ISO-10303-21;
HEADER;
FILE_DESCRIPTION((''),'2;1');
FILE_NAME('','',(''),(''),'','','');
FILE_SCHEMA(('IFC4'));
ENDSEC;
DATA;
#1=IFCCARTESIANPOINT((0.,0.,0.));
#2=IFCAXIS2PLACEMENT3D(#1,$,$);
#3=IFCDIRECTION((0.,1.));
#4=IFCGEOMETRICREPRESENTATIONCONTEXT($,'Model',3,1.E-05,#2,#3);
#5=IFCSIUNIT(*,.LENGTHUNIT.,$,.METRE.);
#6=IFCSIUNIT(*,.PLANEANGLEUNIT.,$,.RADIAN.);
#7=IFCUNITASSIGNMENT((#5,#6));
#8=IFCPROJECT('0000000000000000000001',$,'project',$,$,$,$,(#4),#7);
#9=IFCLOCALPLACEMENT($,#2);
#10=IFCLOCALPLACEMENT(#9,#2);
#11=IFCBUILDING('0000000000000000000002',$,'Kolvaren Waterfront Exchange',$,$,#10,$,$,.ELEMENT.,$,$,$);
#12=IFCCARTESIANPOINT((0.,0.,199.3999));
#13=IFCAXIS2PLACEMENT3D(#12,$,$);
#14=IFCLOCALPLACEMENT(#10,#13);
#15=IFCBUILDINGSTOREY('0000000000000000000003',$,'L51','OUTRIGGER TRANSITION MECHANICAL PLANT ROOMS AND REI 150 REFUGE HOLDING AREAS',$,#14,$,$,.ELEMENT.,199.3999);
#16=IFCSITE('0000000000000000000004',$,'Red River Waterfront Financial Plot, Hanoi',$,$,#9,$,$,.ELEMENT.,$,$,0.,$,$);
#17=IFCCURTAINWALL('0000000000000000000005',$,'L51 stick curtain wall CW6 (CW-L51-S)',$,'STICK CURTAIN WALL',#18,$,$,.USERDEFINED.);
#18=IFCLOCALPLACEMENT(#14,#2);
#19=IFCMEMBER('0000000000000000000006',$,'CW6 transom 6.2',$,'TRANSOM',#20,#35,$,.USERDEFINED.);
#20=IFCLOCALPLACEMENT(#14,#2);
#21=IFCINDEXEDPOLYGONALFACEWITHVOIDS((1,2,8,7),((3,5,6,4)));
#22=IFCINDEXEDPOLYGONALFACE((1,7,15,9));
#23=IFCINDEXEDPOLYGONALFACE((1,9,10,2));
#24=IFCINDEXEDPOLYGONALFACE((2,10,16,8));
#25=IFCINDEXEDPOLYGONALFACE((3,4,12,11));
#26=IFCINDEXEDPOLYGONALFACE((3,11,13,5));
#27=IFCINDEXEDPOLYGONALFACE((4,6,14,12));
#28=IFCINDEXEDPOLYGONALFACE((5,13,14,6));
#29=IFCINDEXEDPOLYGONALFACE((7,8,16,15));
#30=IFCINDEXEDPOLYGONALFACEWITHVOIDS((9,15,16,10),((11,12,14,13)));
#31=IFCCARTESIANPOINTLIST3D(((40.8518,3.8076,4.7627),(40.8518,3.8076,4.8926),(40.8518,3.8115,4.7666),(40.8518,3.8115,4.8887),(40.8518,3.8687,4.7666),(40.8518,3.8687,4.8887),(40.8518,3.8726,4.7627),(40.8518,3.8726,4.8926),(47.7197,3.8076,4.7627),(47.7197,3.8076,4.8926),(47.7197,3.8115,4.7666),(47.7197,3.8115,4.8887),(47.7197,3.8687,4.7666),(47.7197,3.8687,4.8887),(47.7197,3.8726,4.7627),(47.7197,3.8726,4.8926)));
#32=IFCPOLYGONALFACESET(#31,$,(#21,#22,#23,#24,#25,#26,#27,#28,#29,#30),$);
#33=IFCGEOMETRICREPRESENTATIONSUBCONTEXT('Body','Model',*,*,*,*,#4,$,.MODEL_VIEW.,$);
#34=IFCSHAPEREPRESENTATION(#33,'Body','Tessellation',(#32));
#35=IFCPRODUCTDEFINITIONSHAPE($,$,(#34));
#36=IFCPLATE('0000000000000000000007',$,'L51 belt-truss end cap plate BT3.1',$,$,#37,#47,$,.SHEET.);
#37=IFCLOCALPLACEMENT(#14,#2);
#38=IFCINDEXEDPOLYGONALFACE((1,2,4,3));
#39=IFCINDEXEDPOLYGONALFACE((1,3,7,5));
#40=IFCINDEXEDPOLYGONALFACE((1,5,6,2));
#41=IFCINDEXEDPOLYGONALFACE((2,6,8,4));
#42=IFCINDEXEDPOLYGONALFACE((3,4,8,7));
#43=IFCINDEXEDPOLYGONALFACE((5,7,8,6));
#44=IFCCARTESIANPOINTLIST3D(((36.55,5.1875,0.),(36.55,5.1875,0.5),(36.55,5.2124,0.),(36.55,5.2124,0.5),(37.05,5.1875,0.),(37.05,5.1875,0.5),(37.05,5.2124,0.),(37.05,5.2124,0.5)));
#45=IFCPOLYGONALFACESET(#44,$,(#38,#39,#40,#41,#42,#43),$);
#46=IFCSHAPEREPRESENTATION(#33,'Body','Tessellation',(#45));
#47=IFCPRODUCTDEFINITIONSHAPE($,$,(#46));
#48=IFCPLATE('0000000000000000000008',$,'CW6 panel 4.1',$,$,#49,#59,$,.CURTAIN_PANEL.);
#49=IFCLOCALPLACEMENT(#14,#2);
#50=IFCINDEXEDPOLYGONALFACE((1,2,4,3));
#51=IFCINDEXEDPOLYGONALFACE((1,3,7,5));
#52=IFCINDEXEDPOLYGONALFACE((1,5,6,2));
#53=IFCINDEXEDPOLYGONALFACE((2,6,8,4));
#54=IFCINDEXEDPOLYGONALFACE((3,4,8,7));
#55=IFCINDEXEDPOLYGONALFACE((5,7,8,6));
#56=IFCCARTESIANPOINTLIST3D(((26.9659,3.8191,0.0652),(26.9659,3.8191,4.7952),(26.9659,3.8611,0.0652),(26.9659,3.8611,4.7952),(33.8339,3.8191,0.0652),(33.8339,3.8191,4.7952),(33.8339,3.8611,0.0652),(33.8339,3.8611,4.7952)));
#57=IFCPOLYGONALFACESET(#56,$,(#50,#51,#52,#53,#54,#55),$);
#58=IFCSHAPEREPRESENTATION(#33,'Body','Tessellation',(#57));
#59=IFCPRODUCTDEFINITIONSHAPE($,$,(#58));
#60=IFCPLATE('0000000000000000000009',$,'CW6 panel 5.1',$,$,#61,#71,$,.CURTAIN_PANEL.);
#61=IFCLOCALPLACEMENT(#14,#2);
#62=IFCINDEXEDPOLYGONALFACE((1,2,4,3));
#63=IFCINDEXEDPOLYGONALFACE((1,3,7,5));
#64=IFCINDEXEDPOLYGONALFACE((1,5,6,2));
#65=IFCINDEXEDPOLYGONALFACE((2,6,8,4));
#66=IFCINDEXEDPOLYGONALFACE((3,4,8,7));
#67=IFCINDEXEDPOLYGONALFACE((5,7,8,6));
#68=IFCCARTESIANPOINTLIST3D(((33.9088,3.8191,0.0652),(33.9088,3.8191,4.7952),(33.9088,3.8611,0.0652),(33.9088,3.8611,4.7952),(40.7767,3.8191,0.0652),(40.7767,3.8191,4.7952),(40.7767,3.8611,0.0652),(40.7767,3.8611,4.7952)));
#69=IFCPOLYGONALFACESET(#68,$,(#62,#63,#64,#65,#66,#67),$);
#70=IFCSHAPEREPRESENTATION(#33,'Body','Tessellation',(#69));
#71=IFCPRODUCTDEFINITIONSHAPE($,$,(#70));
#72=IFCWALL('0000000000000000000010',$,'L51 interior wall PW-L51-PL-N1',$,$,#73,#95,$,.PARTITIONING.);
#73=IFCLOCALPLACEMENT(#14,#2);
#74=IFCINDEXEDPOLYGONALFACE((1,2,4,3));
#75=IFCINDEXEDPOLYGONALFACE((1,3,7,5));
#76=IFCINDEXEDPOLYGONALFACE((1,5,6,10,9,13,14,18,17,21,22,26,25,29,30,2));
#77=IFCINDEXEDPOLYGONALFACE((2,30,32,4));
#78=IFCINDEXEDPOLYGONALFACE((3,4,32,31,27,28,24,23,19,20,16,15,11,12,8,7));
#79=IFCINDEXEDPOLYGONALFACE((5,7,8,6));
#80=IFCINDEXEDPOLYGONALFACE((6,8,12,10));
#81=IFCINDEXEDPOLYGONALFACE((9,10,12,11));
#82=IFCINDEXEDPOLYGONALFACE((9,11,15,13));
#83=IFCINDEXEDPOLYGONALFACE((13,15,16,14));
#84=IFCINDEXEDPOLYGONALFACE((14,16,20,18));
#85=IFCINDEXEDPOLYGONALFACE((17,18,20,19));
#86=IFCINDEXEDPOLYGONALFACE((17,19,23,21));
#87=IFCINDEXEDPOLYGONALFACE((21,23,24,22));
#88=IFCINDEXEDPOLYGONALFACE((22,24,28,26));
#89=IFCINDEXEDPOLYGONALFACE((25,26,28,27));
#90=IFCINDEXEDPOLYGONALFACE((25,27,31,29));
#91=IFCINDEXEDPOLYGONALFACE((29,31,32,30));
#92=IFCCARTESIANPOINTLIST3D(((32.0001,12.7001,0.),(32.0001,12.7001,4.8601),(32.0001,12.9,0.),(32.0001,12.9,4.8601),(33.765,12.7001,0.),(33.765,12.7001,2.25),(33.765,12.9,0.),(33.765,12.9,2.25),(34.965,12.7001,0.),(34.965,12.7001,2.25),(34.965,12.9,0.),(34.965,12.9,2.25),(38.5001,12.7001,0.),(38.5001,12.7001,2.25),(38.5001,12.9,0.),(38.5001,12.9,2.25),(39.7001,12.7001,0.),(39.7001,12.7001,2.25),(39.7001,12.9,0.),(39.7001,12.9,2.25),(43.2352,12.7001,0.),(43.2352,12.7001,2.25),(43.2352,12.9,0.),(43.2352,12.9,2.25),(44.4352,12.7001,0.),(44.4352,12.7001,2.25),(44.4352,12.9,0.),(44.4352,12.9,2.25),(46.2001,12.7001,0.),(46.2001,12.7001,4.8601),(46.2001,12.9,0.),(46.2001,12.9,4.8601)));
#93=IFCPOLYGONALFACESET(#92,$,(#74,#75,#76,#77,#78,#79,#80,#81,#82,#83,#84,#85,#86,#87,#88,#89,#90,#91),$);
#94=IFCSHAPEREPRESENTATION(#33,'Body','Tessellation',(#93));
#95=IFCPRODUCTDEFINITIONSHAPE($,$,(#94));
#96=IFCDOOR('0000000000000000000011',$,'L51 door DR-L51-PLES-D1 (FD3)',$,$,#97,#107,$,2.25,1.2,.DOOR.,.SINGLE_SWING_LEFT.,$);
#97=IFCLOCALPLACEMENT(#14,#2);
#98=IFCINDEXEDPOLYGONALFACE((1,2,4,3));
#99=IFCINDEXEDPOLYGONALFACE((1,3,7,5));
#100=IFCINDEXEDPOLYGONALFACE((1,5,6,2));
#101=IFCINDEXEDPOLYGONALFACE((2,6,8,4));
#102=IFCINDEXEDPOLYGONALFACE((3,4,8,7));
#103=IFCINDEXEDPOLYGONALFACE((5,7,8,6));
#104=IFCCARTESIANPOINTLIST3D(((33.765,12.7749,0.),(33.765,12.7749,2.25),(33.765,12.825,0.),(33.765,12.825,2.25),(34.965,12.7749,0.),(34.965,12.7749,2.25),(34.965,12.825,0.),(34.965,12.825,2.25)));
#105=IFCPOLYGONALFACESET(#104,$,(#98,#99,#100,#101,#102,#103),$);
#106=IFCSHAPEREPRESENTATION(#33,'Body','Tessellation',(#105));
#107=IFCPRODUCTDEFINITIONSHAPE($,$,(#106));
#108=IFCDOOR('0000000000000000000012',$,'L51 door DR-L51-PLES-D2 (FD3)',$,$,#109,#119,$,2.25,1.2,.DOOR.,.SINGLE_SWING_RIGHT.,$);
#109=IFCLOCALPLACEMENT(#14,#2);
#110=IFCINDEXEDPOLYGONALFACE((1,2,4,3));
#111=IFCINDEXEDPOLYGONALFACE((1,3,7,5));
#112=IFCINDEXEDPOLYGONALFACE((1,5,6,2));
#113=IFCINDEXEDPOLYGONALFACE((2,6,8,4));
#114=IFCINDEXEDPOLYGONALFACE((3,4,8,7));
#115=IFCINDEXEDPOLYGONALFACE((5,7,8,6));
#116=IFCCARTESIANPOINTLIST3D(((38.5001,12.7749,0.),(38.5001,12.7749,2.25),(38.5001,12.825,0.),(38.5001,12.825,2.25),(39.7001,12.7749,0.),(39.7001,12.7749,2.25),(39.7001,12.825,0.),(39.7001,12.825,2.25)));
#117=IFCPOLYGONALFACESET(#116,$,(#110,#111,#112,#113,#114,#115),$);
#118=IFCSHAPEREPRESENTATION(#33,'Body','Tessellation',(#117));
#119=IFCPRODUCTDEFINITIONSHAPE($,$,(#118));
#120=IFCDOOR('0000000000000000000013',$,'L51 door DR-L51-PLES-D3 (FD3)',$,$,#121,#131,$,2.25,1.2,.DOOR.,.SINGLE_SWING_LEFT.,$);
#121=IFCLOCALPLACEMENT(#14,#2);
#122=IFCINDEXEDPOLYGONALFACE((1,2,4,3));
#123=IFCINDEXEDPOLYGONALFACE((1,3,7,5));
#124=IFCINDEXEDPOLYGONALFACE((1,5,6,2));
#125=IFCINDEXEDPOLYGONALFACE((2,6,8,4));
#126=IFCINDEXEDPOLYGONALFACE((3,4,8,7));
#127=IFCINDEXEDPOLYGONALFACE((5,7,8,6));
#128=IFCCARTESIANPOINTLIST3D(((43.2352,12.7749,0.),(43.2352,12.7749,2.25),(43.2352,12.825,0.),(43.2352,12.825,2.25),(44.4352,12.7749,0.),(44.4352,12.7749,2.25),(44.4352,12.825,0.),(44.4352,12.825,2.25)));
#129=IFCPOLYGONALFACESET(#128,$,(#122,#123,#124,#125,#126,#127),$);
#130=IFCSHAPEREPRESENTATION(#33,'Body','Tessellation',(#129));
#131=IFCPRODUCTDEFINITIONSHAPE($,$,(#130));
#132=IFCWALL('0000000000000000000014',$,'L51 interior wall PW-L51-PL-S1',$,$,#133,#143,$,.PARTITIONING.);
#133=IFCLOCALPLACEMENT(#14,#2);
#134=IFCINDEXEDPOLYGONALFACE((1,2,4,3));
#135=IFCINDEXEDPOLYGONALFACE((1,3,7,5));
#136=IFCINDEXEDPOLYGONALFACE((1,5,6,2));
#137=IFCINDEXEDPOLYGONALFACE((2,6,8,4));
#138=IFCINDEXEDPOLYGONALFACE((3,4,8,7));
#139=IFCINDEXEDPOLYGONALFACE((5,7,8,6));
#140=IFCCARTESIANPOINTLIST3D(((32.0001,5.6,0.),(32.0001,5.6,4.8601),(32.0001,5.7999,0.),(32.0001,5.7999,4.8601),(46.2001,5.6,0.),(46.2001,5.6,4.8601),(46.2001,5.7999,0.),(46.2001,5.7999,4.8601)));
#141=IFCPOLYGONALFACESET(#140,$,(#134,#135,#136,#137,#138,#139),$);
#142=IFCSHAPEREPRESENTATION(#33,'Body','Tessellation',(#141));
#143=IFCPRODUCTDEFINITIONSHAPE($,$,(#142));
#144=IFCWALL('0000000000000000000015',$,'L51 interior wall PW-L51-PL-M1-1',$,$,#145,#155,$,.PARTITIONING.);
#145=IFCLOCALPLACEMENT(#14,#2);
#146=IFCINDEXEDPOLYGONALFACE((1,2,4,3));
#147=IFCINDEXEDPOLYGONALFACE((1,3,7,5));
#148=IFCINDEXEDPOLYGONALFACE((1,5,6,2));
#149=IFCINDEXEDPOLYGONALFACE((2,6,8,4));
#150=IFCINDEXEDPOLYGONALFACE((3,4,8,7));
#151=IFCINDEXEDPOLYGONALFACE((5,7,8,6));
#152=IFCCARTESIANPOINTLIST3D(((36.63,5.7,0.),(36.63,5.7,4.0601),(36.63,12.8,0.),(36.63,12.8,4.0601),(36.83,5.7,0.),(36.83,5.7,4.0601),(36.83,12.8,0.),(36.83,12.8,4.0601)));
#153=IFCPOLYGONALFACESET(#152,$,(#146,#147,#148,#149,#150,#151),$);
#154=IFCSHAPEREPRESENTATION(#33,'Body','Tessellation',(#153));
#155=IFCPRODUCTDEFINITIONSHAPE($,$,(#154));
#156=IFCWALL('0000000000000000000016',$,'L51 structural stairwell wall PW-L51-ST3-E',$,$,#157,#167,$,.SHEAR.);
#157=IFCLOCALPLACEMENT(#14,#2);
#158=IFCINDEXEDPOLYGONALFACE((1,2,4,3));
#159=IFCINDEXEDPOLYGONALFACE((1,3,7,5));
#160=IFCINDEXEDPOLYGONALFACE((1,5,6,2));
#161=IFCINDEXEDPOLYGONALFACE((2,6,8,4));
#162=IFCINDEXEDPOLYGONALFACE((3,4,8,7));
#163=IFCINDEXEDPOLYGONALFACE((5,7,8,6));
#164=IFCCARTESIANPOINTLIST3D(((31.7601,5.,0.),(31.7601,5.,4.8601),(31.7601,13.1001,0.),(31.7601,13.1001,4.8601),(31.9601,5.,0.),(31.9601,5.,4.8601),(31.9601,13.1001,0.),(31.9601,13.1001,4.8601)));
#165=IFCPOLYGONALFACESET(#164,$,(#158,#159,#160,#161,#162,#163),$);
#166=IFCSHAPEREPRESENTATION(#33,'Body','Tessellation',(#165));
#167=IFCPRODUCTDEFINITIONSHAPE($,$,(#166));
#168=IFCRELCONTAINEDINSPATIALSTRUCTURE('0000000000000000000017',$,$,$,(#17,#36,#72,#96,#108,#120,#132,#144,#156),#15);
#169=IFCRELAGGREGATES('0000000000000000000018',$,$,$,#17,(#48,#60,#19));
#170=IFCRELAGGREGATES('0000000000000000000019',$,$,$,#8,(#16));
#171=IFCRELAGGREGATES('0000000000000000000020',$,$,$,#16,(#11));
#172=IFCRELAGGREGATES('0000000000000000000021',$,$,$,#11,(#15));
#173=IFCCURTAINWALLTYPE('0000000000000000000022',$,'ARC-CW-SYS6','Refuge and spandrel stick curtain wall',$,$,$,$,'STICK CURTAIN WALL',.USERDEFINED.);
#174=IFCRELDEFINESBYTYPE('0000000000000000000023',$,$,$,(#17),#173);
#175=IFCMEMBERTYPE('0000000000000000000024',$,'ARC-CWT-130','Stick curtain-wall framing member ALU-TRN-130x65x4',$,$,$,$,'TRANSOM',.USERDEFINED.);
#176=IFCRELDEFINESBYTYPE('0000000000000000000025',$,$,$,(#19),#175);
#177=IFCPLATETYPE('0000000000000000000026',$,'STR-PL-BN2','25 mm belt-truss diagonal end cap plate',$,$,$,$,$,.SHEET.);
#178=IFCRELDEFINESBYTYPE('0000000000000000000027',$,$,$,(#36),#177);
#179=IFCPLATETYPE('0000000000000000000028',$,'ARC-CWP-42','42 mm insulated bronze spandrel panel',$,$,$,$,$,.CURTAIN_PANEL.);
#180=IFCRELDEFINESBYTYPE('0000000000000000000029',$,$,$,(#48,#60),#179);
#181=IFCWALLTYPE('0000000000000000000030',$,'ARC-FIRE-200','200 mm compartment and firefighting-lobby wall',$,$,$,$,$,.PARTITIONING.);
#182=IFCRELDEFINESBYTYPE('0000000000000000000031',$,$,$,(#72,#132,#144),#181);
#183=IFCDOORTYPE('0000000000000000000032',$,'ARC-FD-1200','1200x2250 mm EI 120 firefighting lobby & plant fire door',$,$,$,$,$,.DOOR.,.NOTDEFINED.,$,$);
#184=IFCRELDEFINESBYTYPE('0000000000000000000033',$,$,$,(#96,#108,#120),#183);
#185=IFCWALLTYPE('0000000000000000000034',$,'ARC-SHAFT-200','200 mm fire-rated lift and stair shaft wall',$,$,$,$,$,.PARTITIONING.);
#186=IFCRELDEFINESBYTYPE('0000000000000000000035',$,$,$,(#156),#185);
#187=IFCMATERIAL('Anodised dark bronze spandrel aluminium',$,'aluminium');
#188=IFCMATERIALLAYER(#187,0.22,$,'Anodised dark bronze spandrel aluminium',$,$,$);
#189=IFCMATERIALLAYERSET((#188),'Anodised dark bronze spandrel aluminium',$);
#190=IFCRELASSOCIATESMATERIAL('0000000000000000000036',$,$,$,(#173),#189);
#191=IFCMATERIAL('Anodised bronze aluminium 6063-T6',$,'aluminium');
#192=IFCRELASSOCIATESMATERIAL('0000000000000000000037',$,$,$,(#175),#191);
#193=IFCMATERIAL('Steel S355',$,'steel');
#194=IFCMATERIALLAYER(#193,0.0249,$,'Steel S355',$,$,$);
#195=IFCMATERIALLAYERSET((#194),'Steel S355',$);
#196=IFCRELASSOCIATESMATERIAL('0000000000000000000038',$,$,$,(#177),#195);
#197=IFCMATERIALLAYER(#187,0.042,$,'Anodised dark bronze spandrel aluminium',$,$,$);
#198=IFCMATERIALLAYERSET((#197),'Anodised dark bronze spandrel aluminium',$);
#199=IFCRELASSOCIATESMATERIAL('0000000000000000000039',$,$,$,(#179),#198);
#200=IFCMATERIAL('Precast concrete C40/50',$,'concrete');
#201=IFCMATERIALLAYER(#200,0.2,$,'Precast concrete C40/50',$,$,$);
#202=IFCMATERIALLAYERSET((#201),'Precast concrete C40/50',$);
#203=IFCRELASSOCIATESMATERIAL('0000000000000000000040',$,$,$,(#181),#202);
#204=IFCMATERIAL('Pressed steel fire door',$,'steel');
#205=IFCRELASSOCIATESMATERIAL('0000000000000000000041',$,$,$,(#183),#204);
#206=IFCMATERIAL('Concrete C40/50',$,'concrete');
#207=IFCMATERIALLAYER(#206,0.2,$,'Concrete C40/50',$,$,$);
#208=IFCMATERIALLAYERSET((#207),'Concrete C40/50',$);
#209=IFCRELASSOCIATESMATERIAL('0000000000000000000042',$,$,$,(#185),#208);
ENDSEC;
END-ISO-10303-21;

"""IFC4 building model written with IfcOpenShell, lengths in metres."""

from ifc_helpers import new_model, si_unit, direction, frame, frame_2d, origin, origin_with_axes, origin_2d, place, context, subcontext, project, spatial, rectangle, hollow_rectangle, extrude, source, transform, mapped, material, layer, layer_set, material_profile, profile_set, type_object, element, fill, aggregate, save


model = new_model("IFC4")

# Units and contexts
model_context = context("Model", 3, precision=1e-05, world=origin(), true_north=direction((0.0, 1.0)))
body_context = subcontext(model_context, "Body", "Model", "MODEL_VIEW")
ifc_project = project(units=[si_unit("LENGTHUNIT", "METRE"), si_unit("PLANEANGLEUNIT", "RADIAN")], contexts=[model_context])

# Site, building, storey
site_placement = place(None, origin())
site = spatial("IfcSite", under=ifc_project, at=site_placement, Name="Red River Waterfront Financial Plot, Hanoi", CompositionType="ELEMENT", RefElevation=0.0)
building_placement = place(site_placement, origin())
building = spatial("IfcBuilding", under=site, at=building_placement, Name="Kolvaren Waterfront Exchange", CompositionType="ELEMENT")
storey_placement = place(building_placement, frame((0.0, 0.0, 199.3999)))
storey = spatial("IfcBuildingStorey", under=building, at=storey_placement, Name="L51", Description="OUTRIGGER TRANSITION MECHANICAL PLANT ROOMS AND REI 150 REFUGE HOLDING AREAS", CompositionType="ELEMENT", Elevation=199.3999)

# Shared definitions
ifc_material_1 = material(Name="Steel S355", Category="steel")

# Curtain wall, member
ifc_material_2 = material(Name="Anodised dark bronze spandrel aluminium", Category="aluminium")
ifc_layer_1 = layer(ifc_material_2, 0.22, Name="Anodised dark bronze spandrel aluminium")
ifc_layer_set_1 = layer_set([ifc_layer_1], Name="Anodised dark bronze spandrel aluminium")
curtain_wall_type = type_object("IfcCurtainWallType", Name="ARC-CW-SYS6", Description="Refuge and spandrel stick curtain wall", ElementType="STICK CURTAIN WALL", PredefinedType="USERDEFINED", material=ifc_layer_set_1)
curtain_wall_placement = place(storey_placement, origin())
curtain_wall = element("IfcCurtainWall", 1, at=curtain_wall_placement, inside=storey, type_object=curtain_wall_type, Name="L51 stick curtain wall CW6 (CW-L51-S)", ObjectType="STICK CURTAIN WALL", PredefinedType="USERDEFINED")
ifc_material_3 = material(Name="Anodised bronze aluminium 6063-T6", Category="aluminium")
ifc_material_profile_1 = material_profile(ifc_material_3, hollow_rectangle(XDim=0.0649, YDim=0.1299, WallThickness=0.0039, at=origin_2d()), Name="ALU-TRN-130x65x4")
ifc_profile_set_1 = profile_set([ifc_material_profile_1], Name="Anodised bronze aluminium 6063-T6")
member_type_1 = type_object("IfcMemberType", Name="ARC-CWT-130", Description="Stick curtain-wall framing member ALU-TRN-130x65x4", ElementType="TRANSOM", PredefinedType="USERDEFINED", material=ifc_profile_set_1)
shared_shape_1 = source(origin_with_axes(), body_context, "Body", "SweptSolid", [
    extrude(hollow_rectangle(XDim=0.0649, YDim=0.1299, WallThickness=0.0039, at=origin_2d()), origin(), (0.0, 0.0, 1.0), 6.8679),
])
member_1_placement = place(storey_placement, frame((40.8518, 3.8401, 4.8276), z_axis=(1.0, 0.0, 0.0), x_axis=(0.0, 1.0, 0.0)))
member_1 = element("IfcMember", 2, at=member_1_placement, type_object=member_type_1, Name="CW6 transom 6.2", ObjectType="TRANSOM", PredefinedType="USERDEFINED", context=body_context, shape_type="MappedRepresentation", body=[
    mapped(shared_shape_1, transform((0.0, 0.0, 0.0), x_axis=(1.0, 0.0, 0.0), y_axis=(0.0, 1.0, 0.0), z_axis=(0.0, 0.0, 1.0), scale=1.0)),
])

# Plates
ifc_layer_2 = layer(ifc_material_1, 0.0249, Name="Steel S355")
ifc_layer_set_2 = layer_set([ifc_layer_2], Name="Steel S355")
plate_type_1 = type_object("IfcPlateType", Name="STR-PL-BN2", Description="25 mm belt-truss diagonal end cap plate", PredefinedType="SHEET", material=ifc_layer_set_2)
shared_shape_2 = source(origin_with_axes(), body_context, "Body", "SweptSolid", [
    extrude(rectangle(XDim=0.5, YDim=0.0249, at=origin_2d()), origin(), (0.0, 0.0, 1.0), 0.5),
])
plate_1_placement = place(storey_placement, frame((36.8, 5.2, 0.0), z_axis=(0.0, 0.0, 1.0), x_axis=(1.0, 0.0, 0.0)))
element("IfcPlate", 3, at=plate_1_placement, inside=storey, type_object=plate_type_1, Name="L51 belt-truss end cap plate BT3.1", PredefinedType="SHEET", context=body_context, shape_type="MappedRepresentation", body=[
    mapped(shared_shape_2, transform((0.0, 0.0, 0.0), x_axis=(1.0, 0.0, 0.0), y_axis=(0.0, 1.0, 0.0), z_axis=(0.0, 0.0, 1.0), scale=1.0)),
])
ifc_layer_3 = layer(ifc_material_2, 0.042, Name="Anodised dark bronze spandrel aluminium")
ifc_layer_set_3 = layer_set([ifc_layer_3], Name="Anodised dark bronze spandrel aluminium")
plate_type_2 = type_object("IfcPlateType", Name="ARC-CWP-42", Description="42 mm insulated bronze spandrel panel", PredefinedType="CURTAIN_PANEL", material=ifc_layer_set_3)
shared_shape_3 = source(origin_with_axes(), body_context, "Body", "SweptSolid", [
    extrude(rectangle(XDim=6.8679, YDim=0.042, at=origin_2d()), origin(), (0.0, 0.0, 1.0), 4.73),
])
plate_2_placement = place(storey_placement, frame((30.3999, 3.8401, 0.0652), z_axis=(0.0, 0.0, 1.0), x_axis=(1.0, 0.0, 0.0)))
plate_2 = element("IfcPlate", 4, at=plate_2_placement, type_object=plate_type_2, Name="CW6 panel 4.1", PredefinedType="CURTAIN_PANEL", context=body_context, shape_type="MappedRepresentation", body=[
    mapped(shared_shape_3, transform((0.0, 0.0, 0.0), x_axis=(1.0, 0.0, 0.0), y_axis=(0.0, 1.0, 0.0), z_axis=(0.0, 0.0, 1.0), scale=1.0)),
])
plate_3_placement = place(storey_placement, frame((37.3428, 3.8401, 0.0652), z_axis=(0.0, 0.0, 1.0), x_axis=(1.0, 0.0, 0.0)))
plate_3 = element("IfcPlate", 5, at=plate_3_placement, type_object=plate_type_2, Name="CW6 panel 5.1", PredefinedType="CURTAIN_PANEL", context=body_context, shape_type="MappedRepresentation", body=[
    mapped(shared_shape_3, transform((0.0, 0.0, 0.0), x_axis=(1.0, 0.0, 0.0), y_axis=(0.0, 1.0, 0.0), z_axis=(0.0, 0.0, 1.0), scale=1.0)),
])
aggregate(curtain_wall, [plate_2, plate_3, member_1])

# Wall, openings, doors
ifc_material_4 = material(Name="Precast concrete C40/50", Category="concrete")
ifc_layer_4 = layer(ifc_material_4, 0.2, Name="Precast concrete C40/50")
ifc_layer_set_4 = layer_set([ifc_layer_4], Name="Precast concrete C40/50")
wall_type_1 = type_object("IfcWallType", Name="ARC-FIRE-200", Description="200 mm compartment and firefighting-lobby wall", PredefinedType="PARTITIONING", material=ifc_layer_set_4)
wall_1_placement = place(storey_placement, frame((32.0, 12.8, 0.0), z_axis=(0.0, 0.0, 1.0), x_axis=(1.0, 0.0, 0.0)))
wall_1 = element("IfcWall", 6, at=wall_1_placement, inside=storey, type_object=wall_type_1, Name="L51 interior wall PW-L51-PL-N1", PredefinedType="PARTITIONING", context=body_context, shape_type="SweptSolid", body=[
    extrude(rectangle(XDim=14.2, YDim=0.2, at=frame_2d((7.1001, 0.0))), origin(), (0.0, 0.0, 1.0), 4.8601),
])
opening_1_placement = place(wall_1_placement, frame((1.7649, 0.0, 0.0)))
opening_1 = element("IfcOpeningElement", 7, at=opening_1_placement, cuts=wall_1, PredefinedType="OPENING", context=body_context, shape_type="SweptSolid", body=[
    extrude(rectangle(XDim=1.2, YDim=2.25, at=frame_2d((0.6001, 1.125))), frame((0.0, 0.1099, 0.0), z_axis=(0.0, -1.0, 0.0), x_axis=(1.0, 0.0, 0.0)), (0.0, 0.0, 1.0), 0.22),
])
opening_2_placement = place(wall_1_placement, frame((6.5, 0.0, 0.0)))
opening_2 = element("IfcOpeningElement", 8, at=opening_2_placement, cuts=wall_1, PredefinedType="OPENING", context=body_context, shape_type="SweptSolid", body=[
    extrude(rectangle(XDim=1.2, YDim=2.25, at=frame_2d((0.6001, 1.125))), frame((0.0, 0.1099, 0.0), z_axis=(0.0, -1.0, 0.0), x_axis=(1.0, 0.0, 0.0)), (0.0, 0.0, 1.0), 0.22),
])
opening_3_placement = place(wall_1_placement, frame((11.2351, 0.0, 0.0)))
opening_3 = element("IfcOpeningElement", 9, at=opening_3_placement, cuts=wall_1, PredefinedType="OPENING", context=body_context, shape_type="SweptSolid", body=[
    extrude(rectangle(XDim=1.2, YDim=2.25, at=frame_2d((0.6001, 1.125))), frame((0.0, 0.1099, 0.0), z_axis=(0.0, -1.0, 0.0), x_axis=(1.0, 0.0, 0.0)), (0.0, 0.0, 1.0), 0.22),
])
ifc_material_5 = material(Name="Pressed steel fire door", Category="steel")
door_type = type_object("IfcDoorType", Name="ARC-FD-1200", Description="1200x2250 mm EI 120 firefighting lobby & plant fire door", OperationType="NOTDEFINED", PredefinedType="DOOR", material=ifc_material_5)
door_1_placement = place(opening_1_placement, origin())
door_1 = element("IfcDoor", 10, at=door_1_placement, inside=storey, type_object=door_type, Name="L51 door DR-L51-PLES-D1 (FD3)", OperationType="SINGLE_SWING_LEFT", OverallHeight=2.25, OverallWidth=1.2, PredefinedType="DOOR", context=body_context, shape_type="SweptSolid", body=[
    extrude(rectangle(XDim=1.2, YDim=2.25, at=frame_2d((0.6001, 1.125))), frame((0.0, 0.0249, 0.0), z_axis=(0.0, -1.0, 0.0), x_axis=(1.0, 0.0, 0.0)), (0.0, 0.0, 1.0), 0.05),
])
fill(opening_1, door_1)
door_2_placement = place(opening_2_placement, origin())
door_2 = element("IfcDoor", 11, at=door_2_placement, inside=storey, type_object=door_type, Name="L51 door DR-L51-PLES-D2 (FD3)", OperationType="SINGLE_SWING_RIGHT", OverallHeight=2.25, OverallWidth=1.2, PredefinedType="DOOR", context=body_context, shape_type="SweptSolid", body=[
    extrude(rectangle(XDim=1.2, YDim=2.25, at=frame_2d((0.6001, 1.125))), frame((0.0, 0.0249, 0.0), z_axis=(0.0, -1.0, 0.0), x_axis=(1.0, 0.0, 0.0)), (0.0, 0.0, 1.0), 0.05),
])
fill(opening_2, door_2)
door_3_placement = place(opening_3_placement, origin())
door_3 = element("IfcDoor", 12, at=door_3_placement, inside=storey, type_object=door_type, Name="L51 door DR-L51-PLES-D3 (FD3)", OperationType="SINGLE_SWING_LEFT", OverallHeight=2.25, OverallWidth=1.2, PredefinedType="DOOR", context=body_context, shape_type="SweptSolid", body=[
    extrude(rectangle(XDim=1.2, YDim=2.25, at=frame_2d((0.6001, 1.125))), frame((0.0, 0.0249, 0.0), z_axis=(0.0, -1.0, 0.0), x_axis=(1.0, 0.0, 0.0)), (0.0, 0.0, 1.0), 0.05),
])
fill(opening_3, door_3)

# Walls
wall_2_placement = place(storey_placement, frame((32.0, 5.7, 0.0), z_axis=(0.0, 0.0, 1.0), x_axis=(1.0, 0.0, 0.0)))
element("IfcWall", 13, at=wall_2_placement, inside=storey, type_object=wall_type_1, Name="L51 interior wall PW-L51-PL-S1", PredefinedType="PARTITIONING", context=body_context, shape_type="SweptSolid", body=[
    extrude(rectangle(XDim=14.2, YDim=0.2, at=frame_2d((7.1001, 0.0))), origin(), (0.0, 0.0, 1.0), 4.8601),
])
wall_3_placement = place(storey_placement, frame((36.73, 5.7, 0.0), z_axis=(0.0, 0.0, 1.0), x_axis=(0.0, 1.0, 0.0)))
element("IfcWall", 14, at=wall_3_placement, inside=storey, type_object=wall_type_1, Name="L51 interior wall PW-L51-PL-M1-1", PredefinedType="PARTITIONING", context=body_context, shape_type="SweptSolid", body=[
    extrude(rectangle(XDim=7.1001, YDim=0.2, at=frame_2d((3.55, 0.0))), origin(), (0.0, 0.0, 1.0), 4.0601),
])
ifc_material_6 = material(Name="Concrete C40/50", Category="concrete")
ifc_layer_5 = layer(ifc_material_6, 0.2, Name="Concrete C40/50")
ifc_layer_set_5 = layer_set([ifc_layer_5], Name="Concrete C40/50")
wall_type_2 = type_object("IfcWallType", Name="ARC-SHAFT-200", Description="200 mm fire-rated lift and stair shaft wall", PredefinedType="PARTITIONING", material=ifc_layer_set_5)
wall_4_placement = place(storey_placement, frame((31.8601, 5.0, 0.0), z_axis=(0.0, 0.0, 1.0), x_axis=(0.0, 1.0, 0.0)))
element("IfcWall", 15, at=wall_4_placement, inside=storey, type_object=wall_type_2, Name="L51 structural stairwell wall PW-L51-ST3-E", PredefinedType="SHEAR", context=body_context, shape_type="SweptSolid", body=[
    extrude(rectangle(XDim=8.1001, YDim=0.2, at=frame_2d((4.05, 0.0))), origin(), (0.0, 0.0, 1.0), 4.8601),
])

save(model, "model.ifc")
